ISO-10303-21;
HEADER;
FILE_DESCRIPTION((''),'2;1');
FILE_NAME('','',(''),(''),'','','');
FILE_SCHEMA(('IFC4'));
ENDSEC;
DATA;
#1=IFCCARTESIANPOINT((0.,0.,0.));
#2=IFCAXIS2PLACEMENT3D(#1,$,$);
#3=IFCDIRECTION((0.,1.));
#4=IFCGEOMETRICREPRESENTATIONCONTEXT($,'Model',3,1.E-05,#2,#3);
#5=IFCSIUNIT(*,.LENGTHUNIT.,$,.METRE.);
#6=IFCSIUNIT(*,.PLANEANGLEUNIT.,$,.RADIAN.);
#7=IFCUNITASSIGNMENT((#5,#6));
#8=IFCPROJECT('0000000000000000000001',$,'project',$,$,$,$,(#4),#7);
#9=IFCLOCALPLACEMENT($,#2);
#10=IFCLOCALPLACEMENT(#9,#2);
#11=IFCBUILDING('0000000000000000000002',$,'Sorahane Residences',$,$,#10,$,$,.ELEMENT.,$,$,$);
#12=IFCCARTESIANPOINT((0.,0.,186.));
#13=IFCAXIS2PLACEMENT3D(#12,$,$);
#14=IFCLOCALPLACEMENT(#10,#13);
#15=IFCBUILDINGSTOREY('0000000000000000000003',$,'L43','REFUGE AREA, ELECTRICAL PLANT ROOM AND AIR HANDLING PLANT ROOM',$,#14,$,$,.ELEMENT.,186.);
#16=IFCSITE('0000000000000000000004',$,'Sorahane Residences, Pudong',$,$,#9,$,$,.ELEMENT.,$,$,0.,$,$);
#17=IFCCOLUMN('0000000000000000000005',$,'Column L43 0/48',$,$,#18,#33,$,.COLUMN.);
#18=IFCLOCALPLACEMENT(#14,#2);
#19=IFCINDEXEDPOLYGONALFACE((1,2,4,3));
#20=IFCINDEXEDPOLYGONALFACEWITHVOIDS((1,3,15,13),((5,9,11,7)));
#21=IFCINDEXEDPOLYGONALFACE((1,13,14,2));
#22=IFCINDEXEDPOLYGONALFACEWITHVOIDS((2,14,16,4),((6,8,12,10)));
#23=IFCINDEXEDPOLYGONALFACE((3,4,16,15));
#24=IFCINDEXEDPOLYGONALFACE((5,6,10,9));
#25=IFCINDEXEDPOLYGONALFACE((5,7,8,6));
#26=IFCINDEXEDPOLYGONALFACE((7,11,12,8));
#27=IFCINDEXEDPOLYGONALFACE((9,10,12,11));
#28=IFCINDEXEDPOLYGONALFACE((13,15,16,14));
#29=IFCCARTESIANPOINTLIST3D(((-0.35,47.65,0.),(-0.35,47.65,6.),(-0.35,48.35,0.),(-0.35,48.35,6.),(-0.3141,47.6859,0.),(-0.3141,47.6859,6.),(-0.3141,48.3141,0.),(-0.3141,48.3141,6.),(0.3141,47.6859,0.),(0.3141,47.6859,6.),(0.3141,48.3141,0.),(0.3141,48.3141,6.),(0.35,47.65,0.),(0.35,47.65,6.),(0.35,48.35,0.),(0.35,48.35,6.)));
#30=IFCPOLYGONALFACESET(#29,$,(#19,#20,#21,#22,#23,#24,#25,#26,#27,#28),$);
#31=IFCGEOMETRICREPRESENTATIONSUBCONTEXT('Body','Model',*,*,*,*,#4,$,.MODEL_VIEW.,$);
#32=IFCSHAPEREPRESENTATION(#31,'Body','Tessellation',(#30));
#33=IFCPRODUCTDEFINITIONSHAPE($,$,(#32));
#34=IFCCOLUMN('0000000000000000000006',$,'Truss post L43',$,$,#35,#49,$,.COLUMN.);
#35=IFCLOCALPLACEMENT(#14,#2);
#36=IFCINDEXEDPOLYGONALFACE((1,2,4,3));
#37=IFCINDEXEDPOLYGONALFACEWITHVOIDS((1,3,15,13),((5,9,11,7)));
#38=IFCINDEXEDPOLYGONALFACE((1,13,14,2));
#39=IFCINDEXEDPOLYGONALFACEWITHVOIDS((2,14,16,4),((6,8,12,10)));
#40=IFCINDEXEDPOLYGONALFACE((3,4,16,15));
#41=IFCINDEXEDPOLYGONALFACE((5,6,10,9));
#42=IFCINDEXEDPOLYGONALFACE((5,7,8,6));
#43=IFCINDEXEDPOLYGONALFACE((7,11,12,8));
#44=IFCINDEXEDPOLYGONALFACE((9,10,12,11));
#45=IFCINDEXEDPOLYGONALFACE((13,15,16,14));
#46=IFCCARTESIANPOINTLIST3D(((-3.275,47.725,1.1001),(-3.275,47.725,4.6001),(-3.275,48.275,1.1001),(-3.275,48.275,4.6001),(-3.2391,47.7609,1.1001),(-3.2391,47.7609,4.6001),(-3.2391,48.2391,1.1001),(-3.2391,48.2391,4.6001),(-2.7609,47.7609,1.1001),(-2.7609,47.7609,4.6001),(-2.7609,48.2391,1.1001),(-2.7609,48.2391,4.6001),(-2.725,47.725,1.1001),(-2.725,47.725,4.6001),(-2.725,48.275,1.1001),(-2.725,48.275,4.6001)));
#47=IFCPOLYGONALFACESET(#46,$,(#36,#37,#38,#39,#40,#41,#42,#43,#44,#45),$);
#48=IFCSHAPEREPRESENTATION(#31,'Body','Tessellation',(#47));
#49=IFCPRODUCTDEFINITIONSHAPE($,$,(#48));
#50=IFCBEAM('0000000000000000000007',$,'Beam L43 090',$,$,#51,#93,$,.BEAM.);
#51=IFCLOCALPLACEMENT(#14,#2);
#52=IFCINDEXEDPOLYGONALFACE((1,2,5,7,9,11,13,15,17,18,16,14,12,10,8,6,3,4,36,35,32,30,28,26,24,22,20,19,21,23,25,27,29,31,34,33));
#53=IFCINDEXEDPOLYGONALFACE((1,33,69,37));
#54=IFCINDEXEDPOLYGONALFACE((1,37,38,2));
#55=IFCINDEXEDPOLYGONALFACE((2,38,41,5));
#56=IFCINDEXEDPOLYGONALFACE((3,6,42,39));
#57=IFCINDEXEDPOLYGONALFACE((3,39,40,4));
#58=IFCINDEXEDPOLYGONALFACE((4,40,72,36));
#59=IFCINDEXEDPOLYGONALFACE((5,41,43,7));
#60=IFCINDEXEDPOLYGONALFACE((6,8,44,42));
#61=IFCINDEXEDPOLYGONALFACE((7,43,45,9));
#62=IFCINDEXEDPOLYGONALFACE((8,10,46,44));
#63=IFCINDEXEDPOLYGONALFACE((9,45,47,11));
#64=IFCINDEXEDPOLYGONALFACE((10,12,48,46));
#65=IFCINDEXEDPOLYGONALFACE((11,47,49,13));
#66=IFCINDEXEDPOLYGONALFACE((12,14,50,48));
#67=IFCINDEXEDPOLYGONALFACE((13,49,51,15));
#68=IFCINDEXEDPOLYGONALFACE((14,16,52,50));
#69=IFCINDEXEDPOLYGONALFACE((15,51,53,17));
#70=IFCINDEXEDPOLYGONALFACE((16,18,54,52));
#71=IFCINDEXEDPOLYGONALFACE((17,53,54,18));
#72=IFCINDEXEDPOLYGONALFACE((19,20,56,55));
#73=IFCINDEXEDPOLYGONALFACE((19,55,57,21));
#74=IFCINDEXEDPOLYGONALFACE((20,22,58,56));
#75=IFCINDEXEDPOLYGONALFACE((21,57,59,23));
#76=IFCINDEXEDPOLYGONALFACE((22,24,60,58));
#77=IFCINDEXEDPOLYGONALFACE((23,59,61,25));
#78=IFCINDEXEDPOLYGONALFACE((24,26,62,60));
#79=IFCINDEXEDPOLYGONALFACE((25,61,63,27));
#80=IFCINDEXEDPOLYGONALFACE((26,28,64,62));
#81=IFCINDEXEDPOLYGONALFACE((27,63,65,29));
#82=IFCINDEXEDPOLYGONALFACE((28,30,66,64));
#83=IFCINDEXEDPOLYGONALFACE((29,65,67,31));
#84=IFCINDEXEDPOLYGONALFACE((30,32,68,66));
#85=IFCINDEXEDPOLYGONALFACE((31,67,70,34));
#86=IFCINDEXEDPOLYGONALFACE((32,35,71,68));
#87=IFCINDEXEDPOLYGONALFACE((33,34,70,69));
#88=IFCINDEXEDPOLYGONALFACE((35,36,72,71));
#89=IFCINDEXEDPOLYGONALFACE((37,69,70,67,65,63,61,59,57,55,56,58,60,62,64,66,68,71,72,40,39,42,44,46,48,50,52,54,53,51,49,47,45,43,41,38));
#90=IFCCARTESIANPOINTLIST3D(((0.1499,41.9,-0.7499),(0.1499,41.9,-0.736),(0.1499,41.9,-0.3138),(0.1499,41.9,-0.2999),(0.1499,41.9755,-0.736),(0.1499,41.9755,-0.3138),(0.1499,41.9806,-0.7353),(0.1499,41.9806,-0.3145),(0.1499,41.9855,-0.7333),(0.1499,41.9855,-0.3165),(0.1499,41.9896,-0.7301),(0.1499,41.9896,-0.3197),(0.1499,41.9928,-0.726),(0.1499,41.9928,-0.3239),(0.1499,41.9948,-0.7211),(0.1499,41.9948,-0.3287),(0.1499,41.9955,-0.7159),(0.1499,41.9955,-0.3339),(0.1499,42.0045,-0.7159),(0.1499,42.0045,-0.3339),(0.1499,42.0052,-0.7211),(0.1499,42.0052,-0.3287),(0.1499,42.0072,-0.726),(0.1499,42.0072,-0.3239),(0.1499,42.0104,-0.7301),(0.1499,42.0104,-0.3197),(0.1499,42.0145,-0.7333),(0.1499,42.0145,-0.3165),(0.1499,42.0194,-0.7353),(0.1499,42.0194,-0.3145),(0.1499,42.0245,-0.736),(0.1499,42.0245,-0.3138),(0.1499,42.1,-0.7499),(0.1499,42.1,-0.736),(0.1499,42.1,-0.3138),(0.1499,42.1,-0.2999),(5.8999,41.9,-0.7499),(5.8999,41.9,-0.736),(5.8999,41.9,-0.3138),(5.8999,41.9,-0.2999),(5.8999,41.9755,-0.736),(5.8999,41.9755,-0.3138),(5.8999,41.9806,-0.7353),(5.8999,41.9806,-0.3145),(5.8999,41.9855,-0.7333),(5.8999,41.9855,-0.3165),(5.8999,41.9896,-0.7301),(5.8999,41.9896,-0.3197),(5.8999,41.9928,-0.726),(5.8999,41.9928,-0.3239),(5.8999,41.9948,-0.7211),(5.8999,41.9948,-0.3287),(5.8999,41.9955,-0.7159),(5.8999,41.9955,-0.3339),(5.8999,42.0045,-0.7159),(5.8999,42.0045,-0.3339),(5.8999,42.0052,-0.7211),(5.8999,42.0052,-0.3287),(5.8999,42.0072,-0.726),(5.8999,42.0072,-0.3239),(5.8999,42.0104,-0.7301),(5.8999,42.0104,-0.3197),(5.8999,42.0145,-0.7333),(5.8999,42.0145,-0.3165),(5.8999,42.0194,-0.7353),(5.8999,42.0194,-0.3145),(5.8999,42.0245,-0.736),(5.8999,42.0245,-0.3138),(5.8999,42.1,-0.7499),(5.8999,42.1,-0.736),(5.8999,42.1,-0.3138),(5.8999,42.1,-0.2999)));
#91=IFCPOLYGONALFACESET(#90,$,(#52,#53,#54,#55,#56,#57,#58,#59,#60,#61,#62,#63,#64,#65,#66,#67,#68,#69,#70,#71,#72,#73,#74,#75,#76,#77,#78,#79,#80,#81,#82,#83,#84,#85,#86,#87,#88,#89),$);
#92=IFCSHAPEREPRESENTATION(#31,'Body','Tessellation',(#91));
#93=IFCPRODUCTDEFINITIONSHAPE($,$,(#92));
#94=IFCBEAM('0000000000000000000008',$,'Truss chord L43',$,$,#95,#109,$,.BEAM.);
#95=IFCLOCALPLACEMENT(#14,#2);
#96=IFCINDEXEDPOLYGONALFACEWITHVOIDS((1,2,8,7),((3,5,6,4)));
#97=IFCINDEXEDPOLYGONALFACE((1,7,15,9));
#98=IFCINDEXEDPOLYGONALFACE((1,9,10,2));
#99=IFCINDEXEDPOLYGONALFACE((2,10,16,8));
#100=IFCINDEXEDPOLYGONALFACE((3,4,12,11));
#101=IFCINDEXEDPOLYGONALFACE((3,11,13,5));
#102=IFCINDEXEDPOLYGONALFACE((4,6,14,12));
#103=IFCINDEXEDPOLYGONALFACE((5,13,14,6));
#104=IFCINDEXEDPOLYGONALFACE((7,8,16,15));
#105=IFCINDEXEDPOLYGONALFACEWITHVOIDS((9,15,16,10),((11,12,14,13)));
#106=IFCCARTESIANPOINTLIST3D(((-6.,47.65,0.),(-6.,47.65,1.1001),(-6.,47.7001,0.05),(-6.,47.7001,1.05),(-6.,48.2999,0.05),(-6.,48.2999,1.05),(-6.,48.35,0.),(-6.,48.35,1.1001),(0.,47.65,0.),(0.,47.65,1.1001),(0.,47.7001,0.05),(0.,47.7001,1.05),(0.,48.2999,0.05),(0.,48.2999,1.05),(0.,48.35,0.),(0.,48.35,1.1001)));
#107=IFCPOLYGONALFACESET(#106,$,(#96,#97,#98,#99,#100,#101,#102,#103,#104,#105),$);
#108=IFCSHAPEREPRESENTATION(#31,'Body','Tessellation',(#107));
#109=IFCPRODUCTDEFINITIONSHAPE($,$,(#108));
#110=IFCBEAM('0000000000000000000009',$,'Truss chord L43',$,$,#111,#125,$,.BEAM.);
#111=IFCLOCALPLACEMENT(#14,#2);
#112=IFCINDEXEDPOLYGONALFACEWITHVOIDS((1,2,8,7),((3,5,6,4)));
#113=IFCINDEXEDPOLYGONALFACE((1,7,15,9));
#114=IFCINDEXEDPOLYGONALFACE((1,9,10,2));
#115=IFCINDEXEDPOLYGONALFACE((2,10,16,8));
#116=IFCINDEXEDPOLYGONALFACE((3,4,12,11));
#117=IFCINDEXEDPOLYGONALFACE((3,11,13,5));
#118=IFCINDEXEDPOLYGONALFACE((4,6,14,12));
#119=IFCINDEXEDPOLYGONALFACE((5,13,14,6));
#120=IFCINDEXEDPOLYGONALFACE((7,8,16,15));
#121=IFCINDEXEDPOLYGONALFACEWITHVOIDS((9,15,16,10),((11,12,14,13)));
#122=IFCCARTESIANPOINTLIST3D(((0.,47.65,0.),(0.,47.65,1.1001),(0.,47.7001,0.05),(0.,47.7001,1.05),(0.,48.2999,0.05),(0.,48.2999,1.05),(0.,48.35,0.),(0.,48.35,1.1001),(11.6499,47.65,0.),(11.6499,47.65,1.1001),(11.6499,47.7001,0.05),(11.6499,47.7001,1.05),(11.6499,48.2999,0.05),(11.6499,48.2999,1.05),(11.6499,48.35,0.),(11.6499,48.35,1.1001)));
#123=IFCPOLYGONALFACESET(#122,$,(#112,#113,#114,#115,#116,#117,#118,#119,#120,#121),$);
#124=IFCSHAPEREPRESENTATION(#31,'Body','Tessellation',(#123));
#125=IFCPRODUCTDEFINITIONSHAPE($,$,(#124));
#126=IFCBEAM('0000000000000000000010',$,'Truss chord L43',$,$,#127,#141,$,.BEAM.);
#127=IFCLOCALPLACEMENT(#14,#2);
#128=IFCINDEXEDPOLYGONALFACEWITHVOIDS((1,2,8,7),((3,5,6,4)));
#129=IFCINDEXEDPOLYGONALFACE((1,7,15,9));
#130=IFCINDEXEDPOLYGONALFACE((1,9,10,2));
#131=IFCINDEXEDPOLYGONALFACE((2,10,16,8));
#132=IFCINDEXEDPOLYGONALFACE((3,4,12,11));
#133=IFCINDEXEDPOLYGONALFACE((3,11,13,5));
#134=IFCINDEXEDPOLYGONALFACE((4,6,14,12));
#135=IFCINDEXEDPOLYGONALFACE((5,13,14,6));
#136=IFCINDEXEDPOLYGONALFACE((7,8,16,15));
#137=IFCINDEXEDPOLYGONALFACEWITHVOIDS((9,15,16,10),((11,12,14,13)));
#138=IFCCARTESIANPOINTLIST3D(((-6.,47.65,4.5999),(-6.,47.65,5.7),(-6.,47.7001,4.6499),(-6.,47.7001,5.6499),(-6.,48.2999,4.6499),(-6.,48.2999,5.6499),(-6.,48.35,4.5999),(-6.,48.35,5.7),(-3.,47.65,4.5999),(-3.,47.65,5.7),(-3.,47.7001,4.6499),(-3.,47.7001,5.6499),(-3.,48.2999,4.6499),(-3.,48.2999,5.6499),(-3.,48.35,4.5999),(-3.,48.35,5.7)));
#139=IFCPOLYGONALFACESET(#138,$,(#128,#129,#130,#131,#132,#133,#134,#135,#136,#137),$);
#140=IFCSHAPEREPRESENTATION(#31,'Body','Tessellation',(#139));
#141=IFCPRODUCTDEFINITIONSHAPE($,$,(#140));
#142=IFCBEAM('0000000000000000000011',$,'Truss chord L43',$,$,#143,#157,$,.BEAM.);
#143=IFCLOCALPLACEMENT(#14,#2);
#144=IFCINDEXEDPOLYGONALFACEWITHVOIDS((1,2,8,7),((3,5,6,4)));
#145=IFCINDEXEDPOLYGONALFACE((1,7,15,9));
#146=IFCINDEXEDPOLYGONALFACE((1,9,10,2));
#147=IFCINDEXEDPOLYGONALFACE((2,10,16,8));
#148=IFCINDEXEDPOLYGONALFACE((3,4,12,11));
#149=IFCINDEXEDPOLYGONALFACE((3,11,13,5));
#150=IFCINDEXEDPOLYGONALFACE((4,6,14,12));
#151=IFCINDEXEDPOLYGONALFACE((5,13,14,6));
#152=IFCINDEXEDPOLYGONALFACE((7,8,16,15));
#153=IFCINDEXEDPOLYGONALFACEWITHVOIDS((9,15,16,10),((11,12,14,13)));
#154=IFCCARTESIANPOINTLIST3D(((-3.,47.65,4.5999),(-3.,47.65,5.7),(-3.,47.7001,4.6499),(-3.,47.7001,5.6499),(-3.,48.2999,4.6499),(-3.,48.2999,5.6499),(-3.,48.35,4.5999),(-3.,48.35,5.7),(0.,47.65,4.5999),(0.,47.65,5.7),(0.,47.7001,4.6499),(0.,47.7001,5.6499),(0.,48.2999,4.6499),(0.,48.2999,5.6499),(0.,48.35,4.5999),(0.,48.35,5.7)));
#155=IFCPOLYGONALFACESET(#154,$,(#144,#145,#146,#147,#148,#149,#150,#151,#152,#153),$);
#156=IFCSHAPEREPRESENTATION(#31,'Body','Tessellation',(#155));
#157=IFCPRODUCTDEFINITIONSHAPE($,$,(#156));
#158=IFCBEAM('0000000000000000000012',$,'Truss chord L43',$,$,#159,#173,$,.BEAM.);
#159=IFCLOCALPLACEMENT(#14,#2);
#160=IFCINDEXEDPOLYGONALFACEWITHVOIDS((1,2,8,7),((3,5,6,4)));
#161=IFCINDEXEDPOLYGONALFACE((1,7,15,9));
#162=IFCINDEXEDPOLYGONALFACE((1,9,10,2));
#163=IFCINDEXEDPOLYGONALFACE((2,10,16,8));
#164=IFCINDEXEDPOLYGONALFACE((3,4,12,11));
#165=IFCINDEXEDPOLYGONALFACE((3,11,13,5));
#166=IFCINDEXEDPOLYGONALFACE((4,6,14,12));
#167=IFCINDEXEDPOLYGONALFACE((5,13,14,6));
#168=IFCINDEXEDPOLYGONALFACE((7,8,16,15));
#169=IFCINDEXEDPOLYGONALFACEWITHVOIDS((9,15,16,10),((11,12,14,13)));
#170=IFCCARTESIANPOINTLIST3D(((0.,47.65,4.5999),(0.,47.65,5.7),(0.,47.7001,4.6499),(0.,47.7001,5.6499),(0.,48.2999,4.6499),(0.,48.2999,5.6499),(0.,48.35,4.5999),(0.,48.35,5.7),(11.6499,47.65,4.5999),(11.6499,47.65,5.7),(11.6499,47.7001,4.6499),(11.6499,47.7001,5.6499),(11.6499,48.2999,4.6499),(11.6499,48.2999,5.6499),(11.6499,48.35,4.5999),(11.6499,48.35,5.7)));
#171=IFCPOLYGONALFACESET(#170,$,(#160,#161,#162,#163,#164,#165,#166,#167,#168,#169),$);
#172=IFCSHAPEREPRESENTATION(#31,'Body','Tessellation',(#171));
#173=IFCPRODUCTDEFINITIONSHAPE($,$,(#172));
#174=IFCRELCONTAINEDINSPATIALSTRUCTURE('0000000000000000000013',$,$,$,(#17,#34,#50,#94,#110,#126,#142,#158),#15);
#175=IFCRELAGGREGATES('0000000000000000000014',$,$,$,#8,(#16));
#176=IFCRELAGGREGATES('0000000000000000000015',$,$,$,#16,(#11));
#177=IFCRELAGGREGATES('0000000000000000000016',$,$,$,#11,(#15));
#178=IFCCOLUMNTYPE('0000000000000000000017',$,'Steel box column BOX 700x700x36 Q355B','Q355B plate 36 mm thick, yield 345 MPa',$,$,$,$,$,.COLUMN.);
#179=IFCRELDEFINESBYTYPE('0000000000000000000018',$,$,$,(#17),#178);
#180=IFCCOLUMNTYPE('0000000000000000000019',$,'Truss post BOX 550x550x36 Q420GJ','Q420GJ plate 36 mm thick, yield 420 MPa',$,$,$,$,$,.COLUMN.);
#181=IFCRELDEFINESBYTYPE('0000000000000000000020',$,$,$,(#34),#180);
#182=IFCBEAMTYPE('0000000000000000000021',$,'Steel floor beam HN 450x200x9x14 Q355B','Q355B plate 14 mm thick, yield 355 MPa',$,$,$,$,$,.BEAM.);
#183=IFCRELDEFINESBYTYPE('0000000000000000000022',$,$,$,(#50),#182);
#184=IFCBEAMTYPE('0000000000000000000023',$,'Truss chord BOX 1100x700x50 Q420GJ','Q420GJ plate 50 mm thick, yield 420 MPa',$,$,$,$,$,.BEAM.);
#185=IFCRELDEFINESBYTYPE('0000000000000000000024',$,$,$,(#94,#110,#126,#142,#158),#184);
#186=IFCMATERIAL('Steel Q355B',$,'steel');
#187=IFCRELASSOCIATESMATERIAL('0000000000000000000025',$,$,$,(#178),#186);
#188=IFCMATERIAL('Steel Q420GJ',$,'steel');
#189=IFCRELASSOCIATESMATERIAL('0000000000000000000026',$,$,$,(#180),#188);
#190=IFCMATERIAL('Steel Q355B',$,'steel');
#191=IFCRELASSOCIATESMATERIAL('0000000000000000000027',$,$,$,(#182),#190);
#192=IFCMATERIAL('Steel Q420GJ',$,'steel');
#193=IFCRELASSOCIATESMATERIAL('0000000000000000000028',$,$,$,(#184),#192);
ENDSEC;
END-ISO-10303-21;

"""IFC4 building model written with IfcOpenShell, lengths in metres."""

from ifc_helpers import new_model, si_unit, direction, frame, origin, origin_2d, place, context, subcontext, project, spatial, hollow_rectangle, i_section, extrude, material, material_profile, profile_set, type_object, element, save


model = new_model("IFC4")

# Units and contexts
model_context = context("Model", 3, precision=1e-05, world=origin(), true_north=direction((0.0, 1.0)))
body_context = subcontext(model_context, "Body", "Model", "MODEL_VIEW")
ifc_project = project(units=[si_unit("LENGTHUNIT", "METRE"), si_unit("PLANEANGLEUNIT", "RADIAN")], contexts=[model_context])

# Site, building, storey
site_placement = place(None, origin())
site = spatial("IfcSite", under=ifc_project, at=site_placement, Name="Sorahane Residences, Pudong", CompositionType="ELEMENT", RefElevation=0.0)
building_placement = place(site_placement, origin())
building = spatial("IfcBuilding", under=site, at=building_placement, Name="Sorahane Residences", CompositionType="ELEMENT")
storey_placement = place(building_placement, frame((0.0, 0.0, 186.0)))
storey = spatial("IfcBuildingStorey", under=building, at=storey_placement, Name="L43", Description="REFUGE AREA, ELECTRICAL PLANT ROOM AND AIR HANDLING PLANT ROOM", CompositionType="ELEMENT", Elevation=186.0)

# Columns
ifc_material_1 = material(Name="Steel Q355B", Category="steel")
ifc_material_profile_1 = material_profile(ifc_material_1, hollow_rectangle(XDim=0.7, YDim=0.7, WallThickness=0.0359, at=origin_2d()), Name="BOX 700x700x36")
ifc_profile_set_1 = profile_set([ifc_material_profile_1], Name="Steel Q355B")
column_type_1 = type_object("IfcColumnType", Name="Steel box column BOX 700x700x36 Q355B", Description="Q355B plate 36 mm thick, yield 345 MPa", PredefinedType="COLUMN", material=ifc_profile_set_1)
column_1_placement = place(storey_placement, frame((0.0, 48.0, 0.0), z_axis=(0.0, 0.0, 1.0), x_axis=(1.0, 0.0, 0.0)))
element("IfcColumn", 1, at=column_1_placement, inside=storey, type_object=column_type_1, Name="Column L43 0/48", PredefinedType="COLUMN", context=body_context, shape_type="SweptSolid", body=[
    extrude(hollow_rectangle(XDim=0.7, YDim=0.7, WallThickness=0.0359, at=origin_2d()), origin(), (0.0, 0.0, 1.0), 6.0),
])
ifc_material_2 = material(Name="Steel Q420GJ", Category="steel")
ifc_material_profile_2 = material_profile(ifc_material_2, hollow_rectangle(XDim=0.55, YDim=0.55, WallThickness=0.0359, at=origin_2d()), Name="BOX 550x550x36")
ifc_profile_set_2 = profile_set([ifc_material_profile_2], Name="Steel Q420GJ")
column_type_2 = type_object("IfcColumnType", Name="Truss post BOX 550x550x36 Q420GJ", Description="Q420GJ plate 36 mm thick, yield 420 MPa", PredefinedType="COLUMN", material=ifc_profile_set_2)
column_2_placement = place(storey_placement, frame((-3.0, 48.0, 1.1001), z_axis=(0.0, 0.0, 1.0), x_axis=(1.0, 0.0, 0.0)))
element("IfcColumn", 2, at=column_2_placement, inside=storey, type_object=column_type_2, Name="Truss post L43", PredefinedType="COLUMN", context=body_context, shape_type="SweptSolid", body=[
    extrude(hollow_rectangle(XDim=0.55, YDim=0.55, WallThickness=0.0359, at=origin_2d()), origin(), (0.0, 0.0, 1.0), 3.5),
])

# Beams
ifc_material_3 = material(Name="Steel Q355B", Category="steel")
ifc_material_profile_3 = material_profile(ifc_material_3, i_section(OverallWidth=0.2, OverallDepth=0.45, WebThickness=0.009, FlangeThickness=0.0139, FilletRadius=0.02, at=origin_2d()), Name="HN 450x200x9x14")
ifc_profile_set_3 = profile_set([ifc_material_profile_3], Name="Steel Q355B")
beam_type_1 = type_object("IfcBeamType", Name="Steel floor beam HN 450x200x9x14 Q355B", Description="Q355B plate 14 mm thick, yield 355 MPa", PredefinedType="BEAM", material=ifc_profile_set_3)
beam_1_placement = place(storey_placement, frame((0.1499, 42.0, -0.5249), z_axis=(1.0, 0.0, 0.0), x_axis=(0.0, 1.0, 0.0)))
element("IfcBeam", 3, at=beam_1_placement, inside=storey, type_object=beam_type_1, Name="Beam L43 090", PredefinedType="BEAM", context=body_context, shape_type="SweptSolid", body=[
    extrude(i_section(OverallWidth=0.2, OverallDepth=0.45, WebThickness=0.009, FlangeThickness=0.0139, FilletRadius=0.02, at=origin_2d()), origin(), (0.0, 0.0, 1.0), 5.75),
])
ifc_material_4 = material(Name="Steel Q420GJ", Category="steel")
ifc_material_profile_4 = material_profile(ifc_material_4, hollow_rectangle(XDim=0.7, YDim=1.1001, WallThickness=0.05, at=origin_2d()), Name="BOX 1100x700x50")
ifc_profile_set_4 = profile_set([ifc_material_profile_4], Name="Steel Q420GJ")
beam_type_2 = type_object("IfcBeamType", Name="Truss chord BOX 1100x700x50 Q420GJ", Description="Q420GJ plate 50 mm thick, yield 420 MPa", PredefinedType="BEAM", material=ifc_profile_set_4)
beam_2_placement = place(storey_placement, frame((-6.0, 48.0, 0.55), z_axis=(1.0, 0.0, 0.0), x_axis=(0.0, 1.0, 0.0)))
element("IfcBeam", 4, at=beam_2_placement, inside=storey, type_object=beam_type_2, Name="Truss chord L43", PredefinedType="BEAM", context=body_context, shape_type="SweptSolid", body=[
    extrude(hollow_rectangle(XDim=0.7, YDim=1.1001, WallThickness=0.05, at=origin_2d()), origin(), (0.0, 0.0, 1.0), 6.0),
])
beam_3_placement = place(storey_placement, frame((0.0, 48.0, 0.55), z_axis=(1.0, 0.0, 0.0), x_axis=(0.0, 1.0, 0.0)))
element("IfcBeam", 5, at=beam_3_placement, inside=storey, type_object=beam_type_2, Name="Truss chord L43", PredefinedType="BEAM", context=body_context, shape_type="SweptSolid", body=[
    extrude(hollow_rectangle(XDim=0.7, YDim=1.1001, WallThickness=0.05, at=origin_2d()), origin(), (0.0, 0.0, 1.0), 11.6499),
])
for number, where, z_axis, x_axis, name in (
    (6, (-6.0, 48.0, 5.1499), (1.0, 0.0, 0.0), (0.0, 1.0, 0.0), "Truss chord L43"),
    (7, (-3.0, 48.0, 5.1499), (1.0, 0.0, 0.0), (0.0, 1.0, 0.0), "Truss chord L43"),
):
    element("IfcBeam", number, at=place(storey_placement, frame(where, z_axis=z_axis, x_axis=x_axis)), inside=storey, type_object=beam_type_2, Name=name, PredefinedType="BEAM", context=body_context, shape_type="SweptSolid", body=[
        extrude(hollow_rectangle(XDim=0.7, YDim=1.1001, WallThickness=0.05, at=origin_2d()), origin(), (0.0, 0.0, 1.0), 3.0),
    ])
beam_4_placement = place(storey_placement, frame((0.0, 48.0, 5.1499), z_axis=(1.0, 0.0, 0.0), x_axis=(0.0, 1.0, 0.0)))
element("IfcBeam", 8, at=beam_4_placement, inside=storey, type_object=beam_type_2, Name="Truss chord L43", PredefinedType="BEAM", context=body_context, shape_type="SweptSolid", body=[
    extrude(hollow_rectangle(XDim=0.7, YDim=1.1001, WallThickness=0.05, at=origin_2d()), origin(), (0.0, 0.0, 1.0), 11.6499),
])

save(model, "model.ifc")
